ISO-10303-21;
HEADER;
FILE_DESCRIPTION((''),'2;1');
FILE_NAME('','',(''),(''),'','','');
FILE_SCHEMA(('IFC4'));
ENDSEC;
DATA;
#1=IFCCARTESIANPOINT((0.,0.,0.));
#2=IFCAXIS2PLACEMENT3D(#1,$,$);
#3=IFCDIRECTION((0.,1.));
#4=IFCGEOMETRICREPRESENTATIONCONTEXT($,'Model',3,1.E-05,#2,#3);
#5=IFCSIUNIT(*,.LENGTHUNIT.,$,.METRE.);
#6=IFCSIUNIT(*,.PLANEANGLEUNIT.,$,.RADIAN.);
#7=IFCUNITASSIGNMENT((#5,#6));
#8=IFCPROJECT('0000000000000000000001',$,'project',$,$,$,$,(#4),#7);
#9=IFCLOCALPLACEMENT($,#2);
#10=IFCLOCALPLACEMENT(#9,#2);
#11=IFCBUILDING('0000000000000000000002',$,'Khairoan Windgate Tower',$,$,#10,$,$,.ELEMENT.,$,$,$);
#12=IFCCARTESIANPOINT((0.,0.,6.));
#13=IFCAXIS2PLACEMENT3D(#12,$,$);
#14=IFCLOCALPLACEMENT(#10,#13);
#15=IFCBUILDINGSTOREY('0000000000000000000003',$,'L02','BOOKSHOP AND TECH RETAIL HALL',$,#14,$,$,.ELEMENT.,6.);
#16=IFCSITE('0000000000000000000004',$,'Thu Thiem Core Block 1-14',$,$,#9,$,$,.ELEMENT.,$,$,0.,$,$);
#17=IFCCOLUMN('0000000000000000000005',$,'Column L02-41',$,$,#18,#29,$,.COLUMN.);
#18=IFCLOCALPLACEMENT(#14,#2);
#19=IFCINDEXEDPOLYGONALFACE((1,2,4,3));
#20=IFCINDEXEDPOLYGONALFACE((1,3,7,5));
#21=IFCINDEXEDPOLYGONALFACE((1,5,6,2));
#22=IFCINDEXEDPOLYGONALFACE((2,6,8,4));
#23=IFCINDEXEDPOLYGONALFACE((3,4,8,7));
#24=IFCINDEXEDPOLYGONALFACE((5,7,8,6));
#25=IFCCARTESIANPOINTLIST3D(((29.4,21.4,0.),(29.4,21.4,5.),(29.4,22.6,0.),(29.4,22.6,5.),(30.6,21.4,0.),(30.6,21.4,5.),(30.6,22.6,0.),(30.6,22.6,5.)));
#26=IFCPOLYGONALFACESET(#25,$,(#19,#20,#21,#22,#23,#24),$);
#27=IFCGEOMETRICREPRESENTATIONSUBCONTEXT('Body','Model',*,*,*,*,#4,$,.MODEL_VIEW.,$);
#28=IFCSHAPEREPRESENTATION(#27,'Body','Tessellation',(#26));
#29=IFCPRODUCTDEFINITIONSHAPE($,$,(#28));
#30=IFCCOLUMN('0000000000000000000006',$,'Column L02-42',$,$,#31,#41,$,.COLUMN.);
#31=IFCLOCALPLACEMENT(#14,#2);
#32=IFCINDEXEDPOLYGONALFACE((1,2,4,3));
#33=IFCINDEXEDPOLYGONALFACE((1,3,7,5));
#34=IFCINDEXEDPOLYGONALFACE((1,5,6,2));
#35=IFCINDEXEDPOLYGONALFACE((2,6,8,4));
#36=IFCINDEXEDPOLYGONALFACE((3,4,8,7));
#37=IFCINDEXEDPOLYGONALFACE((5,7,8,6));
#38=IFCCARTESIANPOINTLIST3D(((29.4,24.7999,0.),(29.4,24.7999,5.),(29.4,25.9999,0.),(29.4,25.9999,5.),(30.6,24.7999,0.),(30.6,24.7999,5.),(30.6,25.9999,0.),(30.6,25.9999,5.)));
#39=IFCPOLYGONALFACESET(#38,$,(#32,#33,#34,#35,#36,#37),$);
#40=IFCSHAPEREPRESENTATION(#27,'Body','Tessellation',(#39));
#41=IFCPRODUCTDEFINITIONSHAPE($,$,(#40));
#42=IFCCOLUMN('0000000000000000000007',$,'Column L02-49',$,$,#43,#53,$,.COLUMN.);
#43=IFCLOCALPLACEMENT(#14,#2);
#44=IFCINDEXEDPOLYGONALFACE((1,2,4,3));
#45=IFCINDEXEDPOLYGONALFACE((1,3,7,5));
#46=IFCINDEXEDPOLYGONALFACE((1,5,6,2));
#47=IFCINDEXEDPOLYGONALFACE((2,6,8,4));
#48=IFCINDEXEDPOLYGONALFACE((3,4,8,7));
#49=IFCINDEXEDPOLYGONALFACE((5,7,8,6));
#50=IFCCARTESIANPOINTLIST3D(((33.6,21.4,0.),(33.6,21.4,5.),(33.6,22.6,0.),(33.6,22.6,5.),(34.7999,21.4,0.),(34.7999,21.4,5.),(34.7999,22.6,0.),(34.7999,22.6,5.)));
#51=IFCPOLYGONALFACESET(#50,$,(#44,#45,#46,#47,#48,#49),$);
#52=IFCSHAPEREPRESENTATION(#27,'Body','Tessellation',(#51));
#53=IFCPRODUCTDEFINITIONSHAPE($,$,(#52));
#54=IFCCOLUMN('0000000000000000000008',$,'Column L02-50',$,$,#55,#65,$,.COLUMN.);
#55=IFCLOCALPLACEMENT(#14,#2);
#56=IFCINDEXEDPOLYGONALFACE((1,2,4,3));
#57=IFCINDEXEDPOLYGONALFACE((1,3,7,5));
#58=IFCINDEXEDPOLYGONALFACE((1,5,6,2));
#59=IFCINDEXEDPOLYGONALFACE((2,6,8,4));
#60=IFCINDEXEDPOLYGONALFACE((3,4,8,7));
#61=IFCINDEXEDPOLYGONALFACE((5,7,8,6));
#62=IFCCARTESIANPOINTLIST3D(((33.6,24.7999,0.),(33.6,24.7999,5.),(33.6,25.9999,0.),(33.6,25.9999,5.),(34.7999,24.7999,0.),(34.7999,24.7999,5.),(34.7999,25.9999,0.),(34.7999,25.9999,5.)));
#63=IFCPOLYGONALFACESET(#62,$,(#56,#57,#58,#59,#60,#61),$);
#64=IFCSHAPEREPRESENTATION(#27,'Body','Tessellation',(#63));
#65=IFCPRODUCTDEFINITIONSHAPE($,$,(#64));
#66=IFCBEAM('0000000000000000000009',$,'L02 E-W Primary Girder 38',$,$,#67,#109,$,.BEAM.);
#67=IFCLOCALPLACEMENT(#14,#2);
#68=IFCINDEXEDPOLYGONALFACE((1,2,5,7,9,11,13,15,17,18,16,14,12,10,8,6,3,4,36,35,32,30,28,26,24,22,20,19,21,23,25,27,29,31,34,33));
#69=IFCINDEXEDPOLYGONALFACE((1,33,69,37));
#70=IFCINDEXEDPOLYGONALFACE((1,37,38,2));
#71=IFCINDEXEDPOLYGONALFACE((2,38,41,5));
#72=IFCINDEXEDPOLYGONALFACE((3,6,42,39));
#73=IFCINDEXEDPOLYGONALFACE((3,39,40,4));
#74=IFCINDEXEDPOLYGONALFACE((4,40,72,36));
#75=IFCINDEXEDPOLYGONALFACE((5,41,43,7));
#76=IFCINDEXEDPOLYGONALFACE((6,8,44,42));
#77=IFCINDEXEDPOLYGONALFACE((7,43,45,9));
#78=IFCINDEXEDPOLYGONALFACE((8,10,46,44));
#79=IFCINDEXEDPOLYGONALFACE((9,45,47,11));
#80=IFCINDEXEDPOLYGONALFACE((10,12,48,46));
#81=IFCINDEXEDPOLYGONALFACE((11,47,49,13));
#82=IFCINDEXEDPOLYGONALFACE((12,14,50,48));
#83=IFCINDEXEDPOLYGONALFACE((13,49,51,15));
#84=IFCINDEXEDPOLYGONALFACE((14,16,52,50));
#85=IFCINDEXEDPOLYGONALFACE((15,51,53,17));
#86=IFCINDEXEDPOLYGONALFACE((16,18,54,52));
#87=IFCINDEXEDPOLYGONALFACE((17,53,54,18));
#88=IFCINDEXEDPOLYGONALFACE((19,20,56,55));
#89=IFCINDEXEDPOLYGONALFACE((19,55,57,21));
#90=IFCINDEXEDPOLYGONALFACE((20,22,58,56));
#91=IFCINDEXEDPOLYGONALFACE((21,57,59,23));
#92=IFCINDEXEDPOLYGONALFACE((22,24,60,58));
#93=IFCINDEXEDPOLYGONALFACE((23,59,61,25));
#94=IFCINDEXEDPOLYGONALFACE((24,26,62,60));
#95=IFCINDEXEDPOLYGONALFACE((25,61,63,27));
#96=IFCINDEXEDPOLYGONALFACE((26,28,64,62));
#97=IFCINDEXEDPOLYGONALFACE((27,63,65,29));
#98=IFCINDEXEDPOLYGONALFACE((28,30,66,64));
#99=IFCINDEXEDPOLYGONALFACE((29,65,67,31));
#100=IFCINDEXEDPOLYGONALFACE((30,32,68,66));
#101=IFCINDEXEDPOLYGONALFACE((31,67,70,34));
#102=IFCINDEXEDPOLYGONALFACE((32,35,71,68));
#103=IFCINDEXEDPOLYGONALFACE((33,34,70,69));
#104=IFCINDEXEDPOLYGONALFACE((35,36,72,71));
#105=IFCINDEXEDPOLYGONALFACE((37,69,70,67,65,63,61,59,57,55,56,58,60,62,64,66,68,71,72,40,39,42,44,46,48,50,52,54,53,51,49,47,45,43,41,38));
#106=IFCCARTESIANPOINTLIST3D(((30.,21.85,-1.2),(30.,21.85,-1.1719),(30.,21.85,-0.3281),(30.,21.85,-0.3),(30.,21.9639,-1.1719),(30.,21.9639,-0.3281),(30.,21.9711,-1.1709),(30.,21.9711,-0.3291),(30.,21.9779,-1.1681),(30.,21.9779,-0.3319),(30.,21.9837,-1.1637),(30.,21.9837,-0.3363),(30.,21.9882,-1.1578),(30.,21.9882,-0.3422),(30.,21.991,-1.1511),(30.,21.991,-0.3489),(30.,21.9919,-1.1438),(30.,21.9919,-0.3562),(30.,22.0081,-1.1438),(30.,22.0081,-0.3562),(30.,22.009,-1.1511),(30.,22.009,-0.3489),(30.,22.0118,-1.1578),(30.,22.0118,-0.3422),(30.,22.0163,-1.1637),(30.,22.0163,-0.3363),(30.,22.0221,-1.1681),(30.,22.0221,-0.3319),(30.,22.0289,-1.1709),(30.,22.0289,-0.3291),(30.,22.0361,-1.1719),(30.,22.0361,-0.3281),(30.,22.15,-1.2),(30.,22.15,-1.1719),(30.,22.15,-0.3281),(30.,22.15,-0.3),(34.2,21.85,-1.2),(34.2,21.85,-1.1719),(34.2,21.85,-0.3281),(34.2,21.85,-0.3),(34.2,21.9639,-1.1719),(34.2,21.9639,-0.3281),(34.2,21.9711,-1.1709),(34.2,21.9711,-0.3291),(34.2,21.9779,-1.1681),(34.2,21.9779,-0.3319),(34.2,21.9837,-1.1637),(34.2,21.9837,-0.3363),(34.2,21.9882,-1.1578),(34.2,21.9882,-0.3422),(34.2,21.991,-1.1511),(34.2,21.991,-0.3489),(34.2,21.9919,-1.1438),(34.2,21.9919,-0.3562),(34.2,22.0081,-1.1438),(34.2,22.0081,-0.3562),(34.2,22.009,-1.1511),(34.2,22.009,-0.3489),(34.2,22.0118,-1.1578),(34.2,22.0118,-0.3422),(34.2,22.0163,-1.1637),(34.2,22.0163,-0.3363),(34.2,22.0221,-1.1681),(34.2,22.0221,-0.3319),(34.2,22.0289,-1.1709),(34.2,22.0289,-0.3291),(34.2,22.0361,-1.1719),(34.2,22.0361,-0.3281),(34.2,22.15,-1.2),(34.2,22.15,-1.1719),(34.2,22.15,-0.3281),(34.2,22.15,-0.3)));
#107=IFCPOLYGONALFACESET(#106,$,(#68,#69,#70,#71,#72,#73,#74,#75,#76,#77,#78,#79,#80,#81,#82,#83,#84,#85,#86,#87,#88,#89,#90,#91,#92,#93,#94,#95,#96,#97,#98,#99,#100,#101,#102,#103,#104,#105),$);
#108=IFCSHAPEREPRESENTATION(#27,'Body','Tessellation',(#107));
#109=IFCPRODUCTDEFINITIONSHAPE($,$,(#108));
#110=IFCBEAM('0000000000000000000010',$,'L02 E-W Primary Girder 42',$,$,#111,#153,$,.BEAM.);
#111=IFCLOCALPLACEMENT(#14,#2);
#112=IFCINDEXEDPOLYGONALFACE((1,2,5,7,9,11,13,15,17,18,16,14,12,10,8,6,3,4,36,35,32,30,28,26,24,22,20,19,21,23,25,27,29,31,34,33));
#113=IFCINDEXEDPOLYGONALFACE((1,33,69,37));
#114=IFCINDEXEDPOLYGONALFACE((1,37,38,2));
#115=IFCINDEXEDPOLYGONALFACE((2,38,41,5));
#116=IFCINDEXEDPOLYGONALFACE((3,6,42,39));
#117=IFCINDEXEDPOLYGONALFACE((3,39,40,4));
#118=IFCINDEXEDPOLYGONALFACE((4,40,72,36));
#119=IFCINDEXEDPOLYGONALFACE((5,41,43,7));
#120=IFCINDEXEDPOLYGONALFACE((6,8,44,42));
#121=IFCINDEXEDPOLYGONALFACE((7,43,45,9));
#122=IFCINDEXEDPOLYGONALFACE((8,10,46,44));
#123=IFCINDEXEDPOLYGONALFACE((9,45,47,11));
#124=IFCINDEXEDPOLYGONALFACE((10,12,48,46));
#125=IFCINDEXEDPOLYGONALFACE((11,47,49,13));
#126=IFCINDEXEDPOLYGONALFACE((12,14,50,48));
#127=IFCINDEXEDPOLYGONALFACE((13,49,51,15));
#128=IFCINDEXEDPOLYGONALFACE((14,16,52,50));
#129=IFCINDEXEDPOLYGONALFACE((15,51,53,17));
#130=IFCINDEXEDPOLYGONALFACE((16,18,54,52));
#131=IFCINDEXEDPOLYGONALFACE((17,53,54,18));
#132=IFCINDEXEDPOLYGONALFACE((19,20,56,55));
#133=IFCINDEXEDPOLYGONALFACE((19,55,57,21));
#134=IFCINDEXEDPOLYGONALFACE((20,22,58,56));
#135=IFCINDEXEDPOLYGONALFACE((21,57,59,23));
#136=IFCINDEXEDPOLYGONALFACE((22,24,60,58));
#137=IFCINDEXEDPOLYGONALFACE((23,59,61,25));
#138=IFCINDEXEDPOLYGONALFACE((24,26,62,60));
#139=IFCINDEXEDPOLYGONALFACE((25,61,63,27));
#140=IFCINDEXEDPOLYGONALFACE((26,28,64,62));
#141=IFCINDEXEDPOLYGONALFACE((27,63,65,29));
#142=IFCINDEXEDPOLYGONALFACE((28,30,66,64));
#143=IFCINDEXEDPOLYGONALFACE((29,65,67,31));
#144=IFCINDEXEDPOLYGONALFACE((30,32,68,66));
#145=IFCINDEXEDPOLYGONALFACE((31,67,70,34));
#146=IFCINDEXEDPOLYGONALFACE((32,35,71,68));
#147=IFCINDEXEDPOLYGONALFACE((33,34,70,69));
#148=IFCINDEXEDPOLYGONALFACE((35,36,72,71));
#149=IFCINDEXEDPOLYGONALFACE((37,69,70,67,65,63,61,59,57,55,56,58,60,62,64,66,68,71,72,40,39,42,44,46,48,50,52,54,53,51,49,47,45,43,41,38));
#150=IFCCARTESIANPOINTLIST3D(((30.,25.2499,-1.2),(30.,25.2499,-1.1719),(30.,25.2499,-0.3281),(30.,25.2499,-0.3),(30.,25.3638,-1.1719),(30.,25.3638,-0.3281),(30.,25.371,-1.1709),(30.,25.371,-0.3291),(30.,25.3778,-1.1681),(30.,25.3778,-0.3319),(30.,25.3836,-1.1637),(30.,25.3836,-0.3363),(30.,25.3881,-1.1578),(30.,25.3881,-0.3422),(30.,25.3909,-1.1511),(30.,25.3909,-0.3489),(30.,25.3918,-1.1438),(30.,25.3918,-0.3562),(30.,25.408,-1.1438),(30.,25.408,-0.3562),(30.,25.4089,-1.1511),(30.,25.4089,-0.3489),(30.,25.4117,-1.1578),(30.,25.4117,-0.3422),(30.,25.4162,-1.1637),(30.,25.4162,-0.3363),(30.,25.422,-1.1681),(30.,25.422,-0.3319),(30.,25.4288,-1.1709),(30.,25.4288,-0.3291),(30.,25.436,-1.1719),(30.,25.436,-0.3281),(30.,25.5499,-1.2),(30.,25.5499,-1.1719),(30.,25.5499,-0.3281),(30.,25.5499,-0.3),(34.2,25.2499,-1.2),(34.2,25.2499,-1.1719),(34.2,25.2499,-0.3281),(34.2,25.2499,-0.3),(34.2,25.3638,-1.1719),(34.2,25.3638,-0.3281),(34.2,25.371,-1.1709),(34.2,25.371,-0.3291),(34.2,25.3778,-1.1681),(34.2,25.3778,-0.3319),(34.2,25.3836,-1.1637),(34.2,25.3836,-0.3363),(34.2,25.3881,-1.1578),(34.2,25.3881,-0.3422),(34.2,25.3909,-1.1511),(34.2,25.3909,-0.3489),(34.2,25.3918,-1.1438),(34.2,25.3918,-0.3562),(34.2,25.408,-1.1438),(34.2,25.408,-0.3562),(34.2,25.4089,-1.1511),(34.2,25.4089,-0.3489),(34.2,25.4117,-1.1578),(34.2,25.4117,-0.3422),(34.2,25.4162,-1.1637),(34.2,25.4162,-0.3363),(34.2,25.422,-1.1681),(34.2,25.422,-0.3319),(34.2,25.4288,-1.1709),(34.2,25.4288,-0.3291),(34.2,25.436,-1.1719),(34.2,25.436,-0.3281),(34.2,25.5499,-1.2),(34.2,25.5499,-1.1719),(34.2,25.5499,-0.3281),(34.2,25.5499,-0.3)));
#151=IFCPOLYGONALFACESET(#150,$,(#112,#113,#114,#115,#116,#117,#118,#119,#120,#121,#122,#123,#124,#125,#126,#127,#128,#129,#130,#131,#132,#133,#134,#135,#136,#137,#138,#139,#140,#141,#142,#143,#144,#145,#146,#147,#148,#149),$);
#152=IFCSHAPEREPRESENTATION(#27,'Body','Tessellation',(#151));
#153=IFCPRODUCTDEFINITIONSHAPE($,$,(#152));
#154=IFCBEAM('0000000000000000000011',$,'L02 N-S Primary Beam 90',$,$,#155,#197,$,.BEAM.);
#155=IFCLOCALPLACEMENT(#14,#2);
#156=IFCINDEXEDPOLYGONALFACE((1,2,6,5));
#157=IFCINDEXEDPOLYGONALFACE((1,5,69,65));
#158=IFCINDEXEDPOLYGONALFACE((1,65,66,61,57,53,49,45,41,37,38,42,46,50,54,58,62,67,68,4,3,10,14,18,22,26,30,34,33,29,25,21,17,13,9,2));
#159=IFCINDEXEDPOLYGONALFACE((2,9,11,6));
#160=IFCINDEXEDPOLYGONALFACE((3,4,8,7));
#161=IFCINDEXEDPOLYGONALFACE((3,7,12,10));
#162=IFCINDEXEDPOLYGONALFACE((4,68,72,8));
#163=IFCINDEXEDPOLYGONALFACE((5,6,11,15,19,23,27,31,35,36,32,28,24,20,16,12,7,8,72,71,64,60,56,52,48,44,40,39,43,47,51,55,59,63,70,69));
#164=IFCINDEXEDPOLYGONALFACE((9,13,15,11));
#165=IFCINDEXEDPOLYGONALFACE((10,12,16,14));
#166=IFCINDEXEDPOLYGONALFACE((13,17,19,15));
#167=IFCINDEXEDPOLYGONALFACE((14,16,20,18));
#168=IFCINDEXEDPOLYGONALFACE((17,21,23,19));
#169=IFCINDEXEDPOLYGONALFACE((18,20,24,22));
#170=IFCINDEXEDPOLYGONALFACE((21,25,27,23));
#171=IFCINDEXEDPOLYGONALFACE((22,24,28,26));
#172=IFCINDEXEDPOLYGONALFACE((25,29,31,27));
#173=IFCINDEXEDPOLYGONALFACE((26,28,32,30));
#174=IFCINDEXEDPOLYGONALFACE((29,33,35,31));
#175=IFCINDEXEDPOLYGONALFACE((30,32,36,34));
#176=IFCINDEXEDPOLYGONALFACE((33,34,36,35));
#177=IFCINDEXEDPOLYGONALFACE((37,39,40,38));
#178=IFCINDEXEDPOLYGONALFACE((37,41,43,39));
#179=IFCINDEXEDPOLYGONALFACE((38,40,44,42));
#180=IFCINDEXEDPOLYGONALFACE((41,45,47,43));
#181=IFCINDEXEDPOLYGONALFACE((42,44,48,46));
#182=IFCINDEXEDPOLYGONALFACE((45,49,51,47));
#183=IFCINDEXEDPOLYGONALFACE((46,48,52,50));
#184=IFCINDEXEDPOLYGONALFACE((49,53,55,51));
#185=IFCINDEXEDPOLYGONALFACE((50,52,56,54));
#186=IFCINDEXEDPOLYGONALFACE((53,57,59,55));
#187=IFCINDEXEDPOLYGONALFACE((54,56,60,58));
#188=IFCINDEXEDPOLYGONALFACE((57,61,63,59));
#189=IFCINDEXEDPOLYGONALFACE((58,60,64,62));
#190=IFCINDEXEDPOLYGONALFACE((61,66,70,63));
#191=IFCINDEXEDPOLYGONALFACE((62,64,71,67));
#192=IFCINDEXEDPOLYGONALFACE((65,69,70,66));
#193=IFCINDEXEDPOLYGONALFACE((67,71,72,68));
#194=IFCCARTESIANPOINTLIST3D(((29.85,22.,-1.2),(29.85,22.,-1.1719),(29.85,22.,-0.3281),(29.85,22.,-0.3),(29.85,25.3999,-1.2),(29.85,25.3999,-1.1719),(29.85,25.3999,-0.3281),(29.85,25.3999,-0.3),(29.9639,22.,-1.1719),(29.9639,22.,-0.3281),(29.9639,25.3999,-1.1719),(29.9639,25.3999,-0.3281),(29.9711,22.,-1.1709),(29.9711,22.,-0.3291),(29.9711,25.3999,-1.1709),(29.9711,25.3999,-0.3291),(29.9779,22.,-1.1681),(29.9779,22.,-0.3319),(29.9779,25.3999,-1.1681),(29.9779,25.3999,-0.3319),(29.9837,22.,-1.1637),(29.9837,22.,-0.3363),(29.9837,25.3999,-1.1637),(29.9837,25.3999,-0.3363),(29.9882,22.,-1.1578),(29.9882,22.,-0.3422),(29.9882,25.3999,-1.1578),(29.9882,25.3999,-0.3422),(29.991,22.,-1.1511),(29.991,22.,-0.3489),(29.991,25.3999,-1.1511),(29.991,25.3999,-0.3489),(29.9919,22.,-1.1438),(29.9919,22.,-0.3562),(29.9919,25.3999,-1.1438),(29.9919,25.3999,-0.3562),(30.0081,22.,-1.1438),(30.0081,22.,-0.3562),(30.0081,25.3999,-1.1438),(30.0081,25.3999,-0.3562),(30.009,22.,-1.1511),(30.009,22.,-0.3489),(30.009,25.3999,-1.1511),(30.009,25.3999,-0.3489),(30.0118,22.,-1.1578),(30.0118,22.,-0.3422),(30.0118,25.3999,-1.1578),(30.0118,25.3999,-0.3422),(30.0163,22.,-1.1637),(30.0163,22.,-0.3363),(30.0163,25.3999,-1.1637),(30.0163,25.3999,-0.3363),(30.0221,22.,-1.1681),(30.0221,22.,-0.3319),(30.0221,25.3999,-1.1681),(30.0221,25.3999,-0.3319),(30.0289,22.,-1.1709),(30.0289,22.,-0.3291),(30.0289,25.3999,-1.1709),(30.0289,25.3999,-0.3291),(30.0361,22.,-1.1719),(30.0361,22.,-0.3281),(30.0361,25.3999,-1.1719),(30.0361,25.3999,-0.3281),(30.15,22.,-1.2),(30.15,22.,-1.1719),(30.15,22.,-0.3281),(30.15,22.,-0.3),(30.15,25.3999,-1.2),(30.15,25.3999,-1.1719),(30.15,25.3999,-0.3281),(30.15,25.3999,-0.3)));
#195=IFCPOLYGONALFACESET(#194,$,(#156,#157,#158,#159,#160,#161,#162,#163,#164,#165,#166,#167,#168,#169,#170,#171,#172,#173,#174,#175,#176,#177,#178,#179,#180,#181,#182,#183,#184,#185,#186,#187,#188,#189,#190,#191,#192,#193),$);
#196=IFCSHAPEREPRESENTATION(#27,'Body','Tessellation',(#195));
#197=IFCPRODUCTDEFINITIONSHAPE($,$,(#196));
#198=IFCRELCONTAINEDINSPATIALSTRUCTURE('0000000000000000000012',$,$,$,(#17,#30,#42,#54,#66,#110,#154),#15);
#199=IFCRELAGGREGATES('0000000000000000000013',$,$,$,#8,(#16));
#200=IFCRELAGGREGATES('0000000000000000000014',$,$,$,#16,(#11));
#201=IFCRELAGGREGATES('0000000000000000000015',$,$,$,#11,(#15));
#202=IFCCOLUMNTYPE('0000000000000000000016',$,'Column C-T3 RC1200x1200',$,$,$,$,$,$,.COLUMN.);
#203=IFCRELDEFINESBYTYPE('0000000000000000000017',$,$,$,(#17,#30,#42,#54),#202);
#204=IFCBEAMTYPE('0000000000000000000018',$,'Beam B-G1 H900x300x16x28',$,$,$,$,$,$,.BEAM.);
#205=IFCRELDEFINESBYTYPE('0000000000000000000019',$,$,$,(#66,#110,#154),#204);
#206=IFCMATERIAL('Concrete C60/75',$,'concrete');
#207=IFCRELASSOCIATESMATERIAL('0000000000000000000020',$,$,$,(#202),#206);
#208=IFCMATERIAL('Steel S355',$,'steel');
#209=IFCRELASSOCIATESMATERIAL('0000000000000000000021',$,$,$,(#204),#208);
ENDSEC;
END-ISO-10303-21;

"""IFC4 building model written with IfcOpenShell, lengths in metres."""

from ifc_helpers import new_model, si_unit, direction, frame, origin, origin_2d, place, context, subcontext, project, spatial, rectangle, i_section, extrude, material, material_profile, profile_set, type_object, element, save


model = new_model("IFC4")

# Units and contexts
model_context = context("Model", 3, precision=1e-05, world=origin(), true_north=direction((0.0, 1.0)))
body_context = subcontext(model_context, "Body", "Model", "MODEL_VIEW")
ifc_project = project(units=[si_unit("LENGTHUNIT", "METRE"), si_unit("PLANEANGLEUNIT", "RADIAN")], contexts=[model_context])

# Site, building, storey
site_placement = place(None, origin())
site = spatial("IfcSite", under=ifc_project, at=site_placement, Name="Thu Thiem Core Block 1-14", CompositionType="ELEMENT", RefElevation=0.0)
building_placement = place(site_placement, origin())
building = spatial("IfcBuilding", under=site, at=building_placement, Name="Khairoan Windgate Tower", CompositionType="ELEMENT")
storey_placement = place(building_placement, frame((0.0, 0.0, 6.0)))
storey = spatial("IfcBuildingStorey", under=building, at=storey_placement, Name="L02", Description="BOOKSHOP AND TECH RETAIL HALL", CompositionType="ELEMENT", Elevation=6.0)

# Columns
ifc_material_1 = material(Name="Concrete C60/75", Category="concrete")
ifc_material_profile_1 = material_profile(ifc_material_1, rectangle(XDim=1.2, YDim=1.2, at=origin_2d()))
ifc_profile_set_1 = profile_set([ifc_material_profile_1], Name="Concrete C60/75")
column_type = type_object("IfcColumnType", Name="Column C-T3 RC1200x1200", PredefinedType="COLUMN", material=ifc_profile_set_1)
for number, where, z_axis, x_axis, name in (
    (1, (30.0, 22.0, 0.0), (0.0, 0.0, 1.0), (1.0, 0.0, 0.0), "Column L02-41"),
    (2, (30.0, 25.3999, 0.0), (0.0, 0.0, 1.0), (1.0, 0.0, 0.0), "Column L02-42"),
    (3, (34.2, 22.0, 0.0), (0.0, 0.0, 1.0), (1.0, 0.0, 0.0), "Column L02-49"),
    (4, (34.2, 25.3999, 0.0), (0.0, 0.0, 1.0), (1.0, 0.0, 0.0), "Column L02-50"),
):
    element("IfcColumn", number, at=place(storey_placement, frame(where, z_axis=z_axis, x_axis=x_axis)), inside=storey, type_object=column_type, Name=name, PredefinedType="COLUMN", context=body_context, shape_type="SweptSolid", body=[
        extrude(rectangle(XDim=1.2, YDim=1.2, at=origin_2d()), origin(), (0.0, 0.0, 1.0), 5.0),
    ])

# Beams
ifc_material_2 = material(Name="Steel S355", Category="steel")
ifc_material_profile_2 = material_profile(ifc_material_2, i_section(OverallWidth=0.3, OverallDepth=0.8999, WebThickness=0.0161, FlangeThickness=0.0281, FilletRadius=0.0281, at=origin_2d()))
ifc_profile_set_2 = profile_set([ifc_material_profile_2], Name="Steel S355")
beam_type_1 = type_object("IfcBeamType", Name="Beam B-G1 H900x300x16x28", PredefinedType="BEAM", material=ifc_profile_set_2)
for number, where, z_axis, x_axis, name in (
    (5, (30.0, 22.0, -0.75), (1.0, 0.0, 0.0), (0.0, 1.0, 0.0), "L02 E-W Primary Girder 38"),
    (6, (30.0, 25.3999, -0.75), (1.0, 0.0, 0.0), (0.0, 1.0, 0.0), "L02 E-W Primary Girder 42"),
):
    element("IfcBeam", number, at=place(storey_placement, frame(where, z_axis=z_axis, x_axis=x_axis)), inside=storey, type_object=beam_type_1, Name=name, PredefinedType="BEAM", context=body_context, shape_type="SweptSolid", body=[
        extrude(i_section(OverallWidth=0.3, OverallDepth=0.8999, WebThickness=0.0161, FlangeThickness=0.0281, FilletRadius=0.0281, at=origin_2d()), origin(), (0.0, 0.0, 1.0), 4.2),
    ])
beam_1_placement = place(storey_placement, frame((30.0, 22.0, -0.75), z_axis=(0.0, 1.0, 0.0), x_axis=(-1.0, 0.0, 0.0)))
element("IfcBeam", 7, at=beam_1_placement, inside=storey, type_object=beam_type_1, Name="L02 N-S Primary Beam 90", PredefinedType="BEAM", context=body_context, shape_type="SweptSolid", body=[
    extrude(i_section(OverallWidth=0.3, OverallDepth=0.8999, WebThickness=0.0161, FlangeThickness=0.0281, FilletRadius=0.0281, at=origin_2d()), origin(), (0.0, 0.0, 1.0), 3.3999),
])

save(model, "model.ifc")
